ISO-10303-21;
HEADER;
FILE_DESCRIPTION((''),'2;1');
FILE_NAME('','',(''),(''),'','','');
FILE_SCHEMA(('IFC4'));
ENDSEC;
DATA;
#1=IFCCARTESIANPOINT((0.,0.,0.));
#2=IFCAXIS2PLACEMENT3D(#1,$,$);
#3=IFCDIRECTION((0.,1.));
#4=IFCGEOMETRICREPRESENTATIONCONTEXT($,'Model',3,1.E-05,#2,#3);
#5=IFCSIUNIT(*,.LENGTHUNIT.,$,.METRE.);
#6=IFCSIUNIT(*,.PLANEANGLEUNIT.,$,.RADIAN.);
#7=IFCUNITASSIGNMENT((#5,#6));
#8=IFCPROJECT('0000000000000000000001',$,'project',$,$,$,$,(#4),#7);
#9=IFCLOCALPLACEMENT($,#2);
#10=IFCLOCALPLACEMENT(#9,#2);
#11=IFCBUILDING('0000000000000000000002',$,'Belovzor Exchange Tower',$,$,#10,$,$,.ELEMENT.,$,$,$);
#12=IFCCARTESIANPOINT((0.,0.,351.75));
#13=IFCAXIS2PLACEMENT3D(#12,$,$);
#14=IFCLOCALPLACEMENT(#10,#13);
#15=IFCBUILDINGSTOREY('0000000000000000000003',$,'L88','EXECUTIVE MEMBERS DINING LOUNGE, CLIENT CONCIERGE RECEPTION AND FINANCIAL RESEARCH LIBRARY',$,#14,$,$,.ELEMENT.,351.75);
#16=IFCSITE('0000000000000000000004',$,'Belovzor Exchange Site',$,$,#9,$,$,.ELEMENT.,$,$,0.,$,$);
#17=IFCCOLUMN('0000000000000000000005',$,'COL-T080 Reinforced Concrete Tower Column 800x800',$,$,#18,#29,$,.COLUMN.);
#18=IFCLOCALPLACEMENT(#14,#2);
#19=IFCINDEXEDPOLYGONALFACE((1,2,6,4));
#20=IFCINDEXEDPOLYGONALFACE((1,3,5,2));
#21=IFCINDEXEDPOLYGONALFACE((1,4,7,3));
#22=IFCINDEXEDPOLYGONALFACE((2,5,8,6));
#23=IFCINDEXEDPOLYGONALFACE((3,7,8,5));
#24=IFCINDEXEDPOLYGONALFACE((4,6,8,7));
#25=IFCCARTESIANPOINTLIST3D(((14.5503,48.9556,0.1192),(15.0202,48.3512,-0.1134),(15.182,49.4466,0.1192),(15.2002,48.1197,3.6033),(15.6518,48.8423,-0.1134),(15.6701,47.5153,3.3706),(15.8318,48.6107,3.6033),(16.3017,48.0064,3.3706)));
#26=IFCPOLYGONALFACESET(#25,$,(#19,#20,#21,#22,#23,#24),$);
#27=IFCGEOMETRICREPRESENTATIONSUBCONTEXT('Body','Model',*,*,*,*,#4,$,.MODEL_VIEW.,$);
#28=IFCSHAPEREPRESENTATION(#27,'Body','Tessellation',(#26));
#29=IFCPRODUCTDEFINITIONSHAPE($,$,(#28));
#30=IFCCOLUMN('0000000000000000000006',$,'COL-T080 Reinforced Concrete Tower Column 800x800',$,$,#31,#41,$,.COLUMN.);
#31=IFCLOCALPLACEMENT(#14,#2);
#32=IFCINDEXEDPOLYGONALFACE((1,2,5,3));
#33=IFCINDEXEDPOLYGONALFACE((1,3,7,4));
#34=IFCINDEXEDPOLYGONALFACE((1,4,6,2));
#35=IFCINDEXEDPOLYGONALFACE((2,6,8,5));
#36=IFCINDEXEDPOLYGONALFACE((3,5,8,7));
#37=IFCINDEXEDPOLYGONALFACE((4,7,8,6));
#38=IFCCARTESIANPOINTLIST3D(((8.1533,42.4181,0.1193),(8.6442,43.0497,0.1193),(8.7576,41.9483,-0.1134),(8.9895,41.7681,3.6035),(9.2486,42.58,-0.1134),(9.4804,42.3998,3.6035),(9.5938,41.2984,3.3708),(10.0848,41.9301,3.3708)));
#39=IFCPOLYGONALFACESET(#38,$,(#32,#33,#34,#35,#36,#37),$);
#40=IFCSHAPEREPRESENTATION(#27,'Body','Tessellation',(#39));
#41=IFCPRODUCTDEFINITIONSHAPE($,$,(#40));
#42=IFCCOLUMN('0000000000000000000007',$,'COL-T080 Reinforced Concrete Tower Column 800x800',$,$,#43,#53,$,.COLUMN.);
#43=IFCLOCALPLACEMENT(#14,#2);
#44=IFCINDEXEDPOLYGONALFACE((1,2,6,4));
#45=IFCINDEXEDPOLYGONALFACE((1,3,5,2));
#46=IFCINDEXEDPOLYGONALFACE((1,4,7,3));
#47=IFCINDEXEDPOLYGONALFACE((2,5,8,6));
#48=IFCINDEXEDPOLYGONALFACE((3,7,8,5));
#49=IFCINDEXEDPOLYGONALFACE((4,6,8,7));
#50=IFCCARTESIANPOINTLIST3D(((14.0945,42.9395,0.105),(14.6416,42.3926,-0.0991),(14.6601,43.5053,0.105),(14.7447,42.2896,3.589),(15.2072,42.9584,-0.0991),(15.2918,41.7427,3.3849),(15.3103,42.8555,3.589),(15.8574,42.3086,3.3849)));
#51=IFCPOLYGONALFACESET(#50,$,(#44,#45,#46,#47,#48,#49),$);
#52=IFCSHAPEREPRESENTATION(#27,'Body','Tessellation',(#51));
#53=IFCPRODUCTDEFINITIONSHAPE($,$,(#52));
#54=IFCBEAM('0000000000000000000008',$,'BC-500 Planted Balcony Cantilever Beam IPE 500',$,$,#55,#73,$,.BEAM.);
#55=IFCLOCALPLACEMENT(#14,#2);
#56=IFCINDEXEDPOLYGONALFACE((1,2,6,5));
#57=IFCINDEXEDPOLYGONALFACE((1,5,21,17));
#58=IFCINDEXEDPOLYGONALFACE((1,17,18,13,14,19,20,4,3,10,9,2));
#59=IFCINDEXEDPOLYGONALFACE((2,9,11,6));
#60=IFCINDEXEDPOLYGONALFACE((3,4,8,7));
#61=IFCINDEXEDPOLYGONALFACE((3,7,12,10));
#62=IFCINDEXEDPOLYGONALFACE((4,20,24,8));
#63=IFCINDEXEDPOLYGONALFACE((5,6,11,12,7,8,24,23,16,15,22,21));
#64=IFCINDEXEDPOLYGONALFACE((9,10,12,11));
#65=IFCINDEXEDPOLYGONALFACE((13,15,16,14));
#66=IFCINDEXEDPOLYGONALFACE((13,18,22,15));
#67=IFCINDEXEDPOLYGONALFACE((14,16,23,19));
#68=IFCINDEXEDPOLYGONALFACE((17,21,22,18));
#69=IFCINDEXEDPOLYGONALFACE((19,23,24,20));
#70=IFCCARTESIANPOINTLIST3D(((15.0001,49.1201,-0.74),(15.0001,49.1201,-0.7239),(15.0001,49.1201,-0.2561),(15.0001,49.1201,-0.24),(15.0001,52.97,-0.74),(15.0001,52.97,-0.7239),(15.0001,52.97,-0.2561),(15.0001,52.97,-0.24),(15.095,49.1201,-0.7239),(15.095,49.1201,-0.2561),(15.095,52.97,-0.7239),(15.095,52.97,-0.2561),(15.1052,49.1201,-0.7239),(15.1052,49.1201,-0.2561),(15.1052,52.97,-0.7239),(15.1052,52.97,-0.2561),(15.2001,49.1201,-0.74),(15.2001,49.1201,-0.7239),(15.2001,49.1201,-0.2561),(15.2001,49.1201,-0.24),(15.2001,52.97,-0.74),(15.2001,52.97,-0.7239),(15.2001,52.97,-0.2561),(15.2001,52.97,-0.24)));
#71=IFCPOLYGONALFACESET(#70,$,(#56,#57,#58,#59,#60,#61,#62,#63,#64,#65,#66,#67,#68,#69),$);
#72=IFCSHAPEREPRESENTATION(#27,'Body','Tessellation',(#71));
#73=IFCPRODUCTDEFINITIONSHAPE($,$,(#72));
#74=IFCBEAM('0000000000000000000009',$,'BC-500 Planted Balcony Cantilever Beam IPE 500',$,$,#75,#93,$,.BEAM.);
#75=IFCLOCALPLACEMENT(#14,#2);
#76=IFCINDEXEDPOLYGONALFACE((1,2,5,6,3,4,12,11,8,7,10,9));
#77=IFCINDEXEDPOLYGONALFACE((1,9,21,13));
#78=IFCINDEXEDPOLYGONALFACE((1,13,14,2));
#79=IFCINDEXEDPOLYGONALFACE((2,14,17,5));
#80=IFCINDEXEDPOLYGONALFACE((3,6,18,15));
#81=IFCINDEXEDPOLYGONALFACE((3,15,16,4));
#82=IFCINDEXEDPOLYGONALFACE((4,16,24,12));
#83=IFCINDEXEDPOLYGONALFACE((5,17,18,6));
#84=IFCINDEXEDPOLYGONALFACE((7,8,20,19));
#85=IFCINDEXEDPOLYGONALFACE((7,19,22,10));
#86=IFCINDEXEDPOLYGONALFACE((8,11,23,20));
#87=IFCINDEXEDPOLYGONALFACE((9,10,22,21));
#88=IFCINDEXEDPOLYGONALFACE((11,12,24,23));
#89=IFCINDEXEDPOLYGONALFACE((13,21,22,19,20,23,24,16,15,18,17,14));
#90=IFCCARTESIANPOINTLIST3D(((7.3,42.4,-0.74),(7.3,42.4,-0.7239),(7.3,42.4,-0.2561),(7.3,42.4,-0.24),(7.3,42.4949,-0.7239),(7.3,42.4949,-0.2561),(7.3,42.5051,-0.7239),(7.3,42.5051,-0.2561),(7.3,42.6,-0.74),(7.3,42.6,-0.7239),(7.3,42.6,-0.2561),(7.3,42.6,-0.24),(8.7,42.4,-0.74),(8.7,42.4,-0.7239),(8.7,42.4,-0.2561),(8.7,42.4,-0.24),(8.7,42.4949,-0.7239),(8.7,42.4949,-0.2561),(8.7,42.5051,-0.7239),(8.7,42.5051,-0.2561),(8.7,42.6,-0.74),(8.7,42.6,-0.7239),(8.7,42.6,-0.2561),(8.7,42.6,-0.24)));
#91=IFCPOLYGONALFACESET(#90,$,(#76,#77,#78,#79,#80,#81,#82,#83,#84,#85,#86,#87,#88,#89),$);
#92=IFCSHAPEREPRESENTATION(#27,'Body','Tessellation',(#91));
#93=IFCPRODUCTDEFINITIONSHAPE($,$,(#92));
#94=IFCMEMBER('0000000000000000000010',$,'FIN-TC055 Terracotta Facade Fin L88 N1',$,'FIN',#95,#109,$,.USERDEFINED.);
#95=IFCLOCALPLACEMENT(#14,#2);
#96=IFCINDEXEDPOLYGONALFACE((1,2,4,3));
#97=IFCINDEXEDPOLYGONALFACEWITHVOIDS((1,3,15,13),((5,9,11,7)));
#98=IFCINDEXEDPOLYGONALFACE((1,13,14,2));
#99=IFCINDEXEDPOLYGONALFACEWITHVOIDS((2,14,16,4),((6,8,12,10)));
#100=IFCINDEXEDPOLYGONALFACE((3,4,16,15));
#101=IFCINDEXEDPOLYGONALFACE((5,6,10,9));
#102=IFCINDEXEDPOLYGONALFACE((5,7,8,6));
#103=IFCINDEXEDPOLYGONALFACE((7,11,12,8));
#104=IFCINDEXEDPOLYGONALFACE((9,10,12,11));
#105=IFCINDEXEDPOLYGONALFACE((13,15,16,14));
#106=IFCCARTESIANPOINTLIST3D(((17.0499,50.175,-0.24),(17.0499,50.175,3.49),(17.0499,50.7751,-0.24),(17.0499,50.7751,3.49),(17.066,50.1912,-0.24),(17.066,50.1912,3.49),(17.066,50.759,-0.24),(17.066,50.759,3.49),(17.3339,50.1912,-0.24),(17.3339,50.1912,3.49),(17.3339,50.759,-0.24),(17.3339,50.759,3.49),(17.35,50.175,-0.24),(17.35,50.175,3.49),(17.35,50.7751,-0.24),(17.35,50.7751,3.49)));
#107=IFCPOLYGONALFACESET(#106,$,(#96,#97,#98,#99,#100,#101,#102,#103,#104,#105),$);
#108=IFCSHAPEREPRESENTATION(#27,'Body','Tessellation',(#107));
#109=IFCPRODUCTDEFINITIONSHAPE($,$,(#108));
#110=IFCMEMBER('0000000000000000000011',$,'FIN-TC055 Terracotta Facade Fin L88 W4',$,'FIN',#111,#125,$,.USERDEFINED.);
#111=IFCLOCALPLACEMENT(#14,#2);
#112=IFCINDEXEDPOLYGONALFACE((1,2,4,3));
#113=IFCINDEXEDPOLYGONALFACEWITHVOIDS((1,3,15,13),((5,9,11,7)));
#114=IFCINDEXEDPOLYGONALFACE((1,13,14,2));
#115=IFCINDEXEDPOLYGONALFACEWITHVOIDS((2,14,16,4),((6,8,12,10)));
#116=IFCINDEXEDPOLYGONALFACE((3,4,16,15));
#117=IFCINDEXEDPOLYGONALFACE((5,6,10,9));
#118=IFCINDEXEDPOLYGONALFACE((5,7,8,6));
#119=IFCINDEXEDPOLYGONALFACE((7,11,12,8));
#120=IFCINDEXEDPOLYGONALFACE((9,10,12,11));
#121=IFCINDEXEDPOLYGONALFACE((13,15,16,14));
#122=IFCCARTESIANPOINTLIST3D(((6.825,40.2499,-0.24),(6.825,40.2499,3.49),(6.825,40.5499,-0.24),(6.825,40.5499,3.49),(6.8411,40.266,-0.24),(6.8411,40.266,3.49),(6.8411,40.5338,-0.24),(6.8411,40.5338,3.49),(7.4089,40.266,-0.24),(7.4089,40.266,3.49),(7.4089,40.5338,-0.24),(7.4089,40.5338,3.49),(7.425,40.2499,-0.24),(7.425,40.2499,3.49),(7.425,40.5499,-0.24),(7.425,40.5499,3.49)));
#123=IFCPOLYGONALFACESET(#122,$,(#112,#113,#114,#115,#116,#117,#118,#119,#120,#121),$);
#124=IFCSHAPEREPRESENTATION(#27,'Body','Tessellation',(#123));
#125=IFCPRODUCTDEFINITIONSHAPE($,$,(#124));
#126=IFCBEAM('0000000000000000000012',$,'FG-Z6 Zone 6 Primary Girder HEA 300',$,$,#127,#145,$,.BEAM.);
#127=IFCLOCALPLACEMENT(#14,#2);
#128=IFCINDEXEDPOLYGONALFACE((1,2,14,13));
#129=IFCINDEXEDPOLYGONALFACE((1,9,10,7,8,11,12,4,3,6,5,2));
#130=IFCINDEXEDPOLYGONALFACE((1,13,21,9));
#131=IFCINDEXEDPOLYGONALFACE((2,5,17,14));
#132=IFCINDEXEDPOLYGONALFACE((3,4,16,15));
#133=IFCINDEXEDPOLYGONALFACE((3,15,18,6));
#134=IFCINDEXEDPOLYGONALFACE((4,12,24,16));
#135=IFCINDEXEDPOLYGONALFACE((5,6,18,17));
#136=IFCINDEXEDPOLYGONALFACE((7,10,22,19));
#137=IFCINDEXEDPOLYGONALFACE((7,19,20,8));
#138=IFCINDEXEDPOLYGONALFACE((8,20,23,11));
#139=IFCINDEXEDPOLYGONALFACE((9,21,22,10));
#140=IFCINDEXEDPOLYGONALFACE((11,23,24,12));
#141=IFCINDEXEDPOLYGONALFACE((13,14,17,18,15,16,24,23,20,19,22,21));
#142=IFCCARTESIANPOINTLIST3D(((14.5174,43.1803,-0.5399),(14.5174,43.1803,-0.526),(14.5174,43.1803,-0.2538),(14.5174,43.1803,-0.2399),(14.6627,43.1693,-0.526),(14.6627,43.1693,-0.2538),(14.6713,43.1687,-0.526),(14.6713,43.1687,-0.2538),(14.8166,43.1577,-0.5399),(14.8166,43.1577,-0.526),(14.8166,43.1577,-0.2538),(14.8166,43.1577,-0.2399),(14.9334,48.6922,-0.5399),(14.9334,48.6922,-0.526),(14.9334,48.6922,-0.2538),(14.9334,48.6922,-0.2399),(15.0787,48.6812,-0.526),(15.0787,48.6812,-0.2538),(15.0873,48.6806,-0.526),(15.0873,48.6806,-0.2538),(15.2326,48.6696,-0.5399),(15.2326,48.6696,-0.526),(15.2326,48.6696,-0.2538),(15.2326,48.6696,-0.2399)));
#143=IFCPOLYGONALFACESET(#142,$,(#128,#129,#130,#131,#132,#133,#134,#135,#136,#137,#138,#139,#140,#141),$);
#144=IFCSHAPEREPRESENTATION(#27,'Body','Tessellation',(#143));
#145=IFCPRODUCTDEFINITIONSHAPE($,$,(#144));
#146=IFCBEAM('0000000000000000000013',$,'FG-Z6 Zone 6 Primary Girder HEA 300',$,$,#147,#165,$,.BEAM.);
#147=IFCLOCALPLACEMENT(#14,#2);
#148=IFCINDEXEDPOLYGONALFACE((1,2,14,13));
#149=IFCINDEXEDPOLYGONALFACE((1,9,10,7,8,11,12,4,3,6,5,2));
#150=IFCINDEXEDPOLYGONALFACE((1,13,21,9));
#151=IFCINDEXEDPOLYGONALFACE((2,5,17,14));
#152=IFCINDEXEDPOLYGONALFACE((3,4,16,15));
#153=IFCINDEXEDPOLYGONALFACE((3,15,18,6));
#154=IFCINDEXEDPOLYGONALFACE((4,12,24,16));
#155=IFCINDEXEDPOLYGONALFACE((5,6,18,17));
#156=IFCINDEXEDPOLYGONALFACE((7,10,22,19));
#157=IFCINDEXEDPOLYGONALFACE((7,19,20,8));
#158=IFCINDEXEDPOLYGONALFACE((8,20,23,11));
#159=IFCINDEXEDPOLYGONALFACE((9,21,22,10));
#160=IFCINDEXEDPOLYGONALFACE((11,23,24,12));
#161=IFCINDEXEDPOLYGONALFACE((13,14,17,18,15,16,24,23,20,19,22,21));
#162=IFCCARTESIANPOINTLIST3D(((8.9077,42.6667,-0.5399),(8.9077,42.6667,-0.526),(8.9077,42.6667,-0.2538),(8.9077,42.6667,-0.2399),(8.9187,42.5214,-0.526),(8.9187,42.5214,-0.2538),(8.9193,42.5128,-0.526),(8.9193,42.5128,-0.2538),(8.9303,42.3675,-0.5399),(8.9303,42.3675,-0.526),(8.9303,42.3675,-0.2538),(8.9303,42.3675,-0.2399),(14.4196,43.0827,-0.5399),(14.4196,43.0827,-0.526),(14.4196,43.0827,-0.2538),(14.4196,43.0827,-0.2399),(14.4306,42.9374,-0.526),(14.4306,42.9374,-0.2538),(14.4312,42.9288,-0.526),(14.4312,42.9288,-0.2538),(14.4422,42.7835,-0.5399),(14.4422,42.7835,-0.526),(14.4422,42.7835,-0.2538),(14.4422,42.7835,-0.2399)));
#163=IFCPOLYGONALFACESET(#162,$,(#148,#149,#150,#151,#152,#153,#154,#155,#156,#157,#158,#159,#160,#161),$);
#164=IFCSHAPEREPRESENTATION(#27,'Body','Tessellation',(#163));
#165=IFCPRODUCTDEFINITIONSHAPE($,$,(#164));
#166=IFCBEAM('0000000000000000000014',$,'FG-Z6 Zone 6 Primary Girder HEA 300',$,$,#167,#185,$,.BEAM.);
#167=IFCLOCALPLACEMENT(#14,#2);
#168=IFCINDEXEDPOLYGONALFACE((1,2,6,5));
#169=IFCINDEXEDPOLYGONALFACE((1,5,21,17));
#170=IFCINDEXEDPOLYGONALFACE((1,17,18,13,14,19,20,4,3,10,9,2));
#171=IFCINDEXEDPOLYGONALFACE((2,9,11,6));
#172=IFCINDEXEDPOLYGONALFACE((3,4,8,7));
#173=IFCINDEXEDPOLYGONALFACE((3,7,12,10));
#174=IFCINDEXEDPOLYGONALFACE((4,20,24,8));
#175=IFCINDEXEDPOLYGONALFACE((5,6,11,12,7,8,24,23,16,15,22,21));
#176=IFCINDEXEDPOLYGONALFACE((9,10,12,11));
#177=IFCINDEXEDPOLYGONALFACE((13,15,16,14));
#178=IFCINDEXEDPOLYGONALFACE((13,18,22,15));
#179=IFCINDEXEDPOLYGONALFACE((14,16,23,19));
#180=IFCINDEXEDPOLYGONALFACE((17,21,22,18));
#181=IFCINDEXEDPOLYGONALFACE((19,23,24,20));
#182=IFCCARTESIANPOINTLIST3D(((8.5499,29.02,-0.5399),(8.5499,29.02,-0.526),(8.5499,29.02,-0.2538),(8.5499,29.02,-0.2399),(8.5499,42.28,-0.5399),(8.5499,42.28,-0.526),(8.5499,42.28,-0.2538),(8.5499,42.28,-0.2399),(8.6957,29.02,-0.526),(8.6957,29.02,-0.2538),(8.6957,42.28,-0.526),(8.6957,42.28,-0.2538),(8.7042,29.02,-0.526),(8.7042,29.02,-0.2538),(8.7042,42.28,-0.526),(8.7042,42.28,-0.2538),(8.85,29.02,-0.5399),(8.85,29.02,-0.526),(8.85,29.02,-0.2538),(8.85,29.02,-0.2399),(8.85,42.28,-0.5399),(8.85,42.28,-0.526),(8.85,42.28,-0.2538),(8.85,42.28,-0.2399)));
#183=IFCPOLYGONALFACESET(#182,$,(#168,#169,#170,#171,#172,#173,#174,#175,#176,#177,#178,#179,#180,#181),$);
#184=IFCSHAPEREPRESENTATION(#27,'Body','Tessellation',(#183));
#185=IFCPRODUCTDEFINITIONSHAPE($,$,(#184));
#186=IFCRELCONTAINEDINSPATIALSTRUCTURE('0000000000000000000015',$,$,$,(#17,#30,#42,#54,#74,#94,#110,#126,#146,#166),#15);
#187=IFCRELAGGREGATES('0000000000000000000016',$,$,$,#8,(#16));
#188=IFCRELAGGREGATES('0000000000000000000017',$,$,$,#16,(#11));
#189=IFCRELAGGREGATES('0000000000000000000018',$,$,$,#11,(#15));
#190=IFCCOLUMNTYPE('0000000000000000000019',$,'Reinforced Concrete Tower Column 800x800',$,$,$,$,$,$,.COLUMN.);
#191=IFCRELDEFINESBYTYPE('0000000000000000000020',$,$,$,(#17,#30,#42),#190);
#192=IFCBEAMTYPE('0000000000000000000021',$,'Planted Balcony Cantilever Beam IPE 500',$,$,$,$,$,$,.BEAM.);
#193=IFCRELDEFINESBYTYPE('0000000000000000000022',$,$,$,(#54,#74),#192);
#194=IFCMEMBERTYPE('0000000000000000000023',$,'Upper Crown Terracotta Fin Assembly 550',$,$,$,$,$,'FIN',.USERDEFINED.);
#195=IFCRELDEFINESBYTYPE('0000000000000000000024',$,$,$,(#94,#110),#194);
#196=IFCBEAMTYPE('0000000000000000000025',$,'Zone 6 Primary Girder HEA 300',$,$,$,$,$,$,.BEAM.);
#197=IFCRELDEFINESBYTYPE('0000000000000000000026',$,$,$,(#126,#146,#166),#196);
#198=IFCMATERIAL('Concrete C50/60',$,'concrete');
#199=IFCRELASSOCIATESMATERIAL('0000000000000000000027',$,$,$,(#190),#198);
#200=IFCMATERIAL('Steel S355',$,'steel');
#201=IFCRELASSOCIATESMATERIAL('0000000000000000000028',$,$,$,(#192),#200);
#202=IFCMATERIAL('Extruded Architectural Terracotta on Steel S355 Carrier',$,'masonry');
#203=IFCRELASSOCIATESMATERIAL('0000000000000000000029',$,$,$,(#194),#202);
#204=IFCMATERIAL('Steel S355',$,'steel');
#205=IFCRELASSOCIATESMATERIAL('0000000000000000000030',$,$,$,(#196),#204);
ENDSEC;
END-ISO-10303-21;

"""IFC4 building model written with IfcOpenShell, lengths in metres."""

from ifc_helpers import new_model, si_unit, direction, frame, origin, origin_2d, place, context, subcontext, project, spatial, rectangle, hollow_rectangle, i_section, extrude, material, material_profile, profile_set, type_object, element, save


model = new_model("IFC4")

# Units and contexts
model_context = context("Model", 3, precision=1e-05, world=origin(), true_north=direction((0.0, 1.0)))
body_context = subcontext(model_context, "Body", "Model", "MODEL_VIEW")
ifc_project = project(units=[si_unit("LENGTHUNIT", "METRE"), si_unit("PLANEANGLEUNIT", "RADIAN")], contexts=[model_context])

# Site, building, storey
site_placement = place(None, origin())
site = spatial("IfcSite", under=ifc_project, at=site_placement, Name="Belovzor Exchange Site", CompositionType="ELEMENT", RefElevation=0.0)
building_placement = place(site_placement, origin())
building = spatial("IfcBuilding", under=site, at=building_placement, Name="Belovzor Exchange Tower", CompositionType="ELEMENT")
storey_placement = place(building_placement, frame((0.0, 0.0, 351.75)))
storey = spatial("IfcBuildingStorey", under=building, at=storey_placement, Name="L88", Description="EXECUTIVE MEMBERS DINING LOUNGE, CLIENT CONCIERGE RECEPTION AND FINANCIAL RESEARCH LIBRARY", CompositionType="ELEMENT", Elevation=351.75)

# Columns
ifc_material_1 = material(Name="Concrete C50/60", Category="concrete")
ifc_material_profile_1 = material_profile(ifc_material_1, rectangle(XDim=0.8, YDim=0.8, at=origin_2d()))
ifc_profile_set_1 = profile_set([ifc_material_profile_1], Name="Concrete C50/60")
column_type = type_object("IfcColumnType", Name="Reinforced Concrete Tower Column 800x800", PredefinedType="COLUMN", material=ifc_profile_set_1)
column_1_placement = place(storey_placement, frame((15.1011, 48.8989, 0.0029), z_axis=(0.178472, -0.22956, 0.956791), x_axis=(0.789476, 0.613781, 0.0)))
element("IfcColumn", 1, at=column_1_placement, inside=storey, type_object=column_type, Name="COL-T080 Reinforced Concrete Tower Column 800x800", PredefinedType="COLUMN", context=body_context, shape_type="SweptSolid", body=[
    extrude(rectangle(XDim=0.8, YDim=0.8, at=origin_2d()), origin(), (0.0, 0.0, 1.0), 3.6414),
])
column_2_placement = place(storey_placement, frame((8.7009, 42.499, 0.0029), z_axis=(0.229624, -0.17847, 0.956777), x_axis=(0.613669, 0.789563, 0.0)))
element("IfcColumn", 2, at=column_2_placement, inside=storey, type_object=column_type, Name="COL-T080 Reinforced Concrete Tower Column 800x800", PredefinedType="COLUMN", context=body_context, shape_type="SweptSolid", body=[
    extrude(rectangle(XDim=0.8, YDim=0.8, at=origin_2d()), origin(), (0.0, 0.0, 1.0), 3.6416),
])
column_3_placement = place(storey_placement, frame((14.6509, 42.949, 0.0029), z_axis=(0.180428, -0.18036, 0.966911), x_axis=(0.706974, 0.70724, 0.0)))
element("IfcColumn", 3, at=column_3_placement, inside=storey, type_object=column_type, Name="COL-T080 Reinforced Concrete Tower Column 800x800", PredefinedType="COLUMN", context=body_context, shape_type="SweptSolid", body=[
    extrude(rectangle(XDim=0.8, YDim=0.8, at=origin_2d()), origin(), (0.0, 0.0, 1.0), 3.6033),
])

# Beams
ifc_material_2 = material(Name="Steel S355", Category="steel")
ifc_material_profile_2 = material_profile(ifc_material_2, i_section(OverallWidth=0.2, OverallDepth=0.5, WebThickness=0.0103, FlangeThickness=0.0161, at=origin_2d()))
ifc_profile_set_2 = profile_set([ifc_material_profile_2], Name="Steel S355")
beam_type_1 = type_object("IfcBeamType", Name="Planted Balcony Cantilever Beam IPE 500", PredefinedType="BEAM", material=ifc_profile_set_2)
beam_1_placement = place(storey_placement, frame((15.1001, 49.1201, -0.49), z_axis=(0.0, 1.0, 0.0), x_axis=(-1.0, 0.0, 0.0)))
element("IfcBeam", 4, at=beam_1_placement, inside=storey, type_object=beam_type_1, Name="BC-500 Planted Balcony Cantilever Beam IPE 500", PredefinedType="BEAM", context=body_context, shape_type="SweptSolid", body=[
    extrude(i_section(OverallWidth=0.2, OverallDepth=0.5, WebThickness=0.0103, FlangeThickness=0.0161, at=origin_2d()), origin(), (0.0, 0.0, 1.0), 3.8499),
])
beam_2_placement = place(storey_placement, frame((8.7, 42.5, -0.49), z_axis=(-1.0, 0.0, 0.0), x_axis=(0.0, -1.0, 0.0)))
element("IfcBeam", 5, at=beam_2_placement, inside=storey, type_object=beam_type_1, Name="BC-500 Planted Balcony Cantilever Beam IPE 500", PredefinedType="BEAM", context=body_context, shape_type="SweptSolid", body=[
    extrude(i_section(OverallWidth=0.2, OverallDepth=0.5, WebThickness=0.0103, FlangeThickness=0.0161, at=origin_2d()), origin(), (0.0, 0.0, 1.0), 1.3999),
])

# Members
ifc_material_3 = material(Name="Extruded Architectural Terracotta on Steel S355 Carrier", Category="masonry")
ifc_material_profile_3 = material_profile(ifc_material_3, hollow_rectangle(XDim=0.3, YDim=0.6001, WallThickness=0.0161, at=origin_2d()))
ifc_profile_set_3 = profile_set([ifc_material_profile_3], Name="Extruded Architectural Terracotta on Steel S355 Carrier")
member_type = type_object("IfcMemberType", Name="Upper Crown Terracotta Fin Assembly 550", ElementType="FIN", PredefinedType="USERDEFINED", material=ifc_profile_set_3)
for number, where, z_axis, x_axis, name in (
    (6, (17.2, 50.4751, -0.24), (0.0, 0.0, 1.0), (1.0, 0.0, 0.0), "FIN-TC055 Terracotta Facade Fin L88 N1"),
    (7, (7.125, 40.3999, -0.24), (0.0, 0.0, 1.0), (0.0, 1.0, 0.0), "FIN-TC055 Terracotta Facade Fin L88 W4"),
):
    element("IfcMember", number, at=place(storey_placement, frame(where, z_axis=z_axis, x_axis=x_axis)), inside=storey, type_object=member_type, Name=name, ObjectType="FIN", PredefinedType="USERDEFINED", context=body_context, shape_type="SweptSolid", body=[
        extrude(hollow_rectangle(XDim=0.3, YDim=0.6001, WallThickness=0.0161, at=origin_2d()), origin(), (0.0, 0.0, 1.0), 3.73),
    ])

# Beams
ifc_material_4 = material(Name="Steel S355", Category="steel")
ifc_material_profile_4 = material_profile(ifc_material_4, i_section(OverallWidth=0.3, OverallDepth=0.3, WebThickness=0.0085, FlangeThickness=0.0139, at=origin_2d()))
ifc_profile_set_4 = profile_set([ifc_material_profile_4], Name="Steel S355")
beam_type_2 = type_object("IfcBeamType", Name="Zone 6 Primary Girder HEA 300", PredefinedType="BEAM", material=ifc_profile_set_4)
for number, where, z_axis, x_axis, name in (
    (8, (15.083, 48.6809, -0.3899), (-0.075261, -0.997164, 0.0), (0.997164, -0.075261, 0.0), "FG-Z6 Zone 6 Primary Girder HEA 300"),
    (9, (14.4309, 42.9331, -0.3899), (-0.997164, -0.075261, 0.0), (0.075261, -0.997164, 0.0), "FG-Z6 Zone 6 Primary Girder HEA 300"),
):
    element("IfcBeam", number, at=place(storey_placement, frame(where, z_axis=z_axis, x_axis=x_axis)), inside=storey, type_object=beam_type_2, Name=name, PredefinedType="BEAM", context=body_context, shape_type="SweptSolid", body=[
        extrude(i_section(OverallWidth=0.3, OverallDepth=0.3, WebThickness=0.0085, FlangeThickness=0.0139, at=origin_2d()), origin(), (0.0, 0.0, 1.0), 5.5276),
    ])
beam_3_placement = place(storey_placement, frame((8.7, 42.28, -0.3899), z_axis=(0.0, -1.0, 0.0), x_axis=(1.0, 0.0, 0.0)))
element("IfcBeam", 10, at=beam_3_placement, inside=storey, type_object=beam_type_2, Name="FG-Z6 Zone 6 Primary Girder HEA 300", PredefinedType="BEAM", context=body_context, shape_type="SweptSolid", body=[
    extrude(i_section(OverallWidth=0.3, OverallDepth=0.3, WebThickness=0.0085, FlangeThickness=0.0139, at=origin_2d()), origin(), (0.0, 0.0, 1.0), 13.26),
])

save(model, "model.ifc")
